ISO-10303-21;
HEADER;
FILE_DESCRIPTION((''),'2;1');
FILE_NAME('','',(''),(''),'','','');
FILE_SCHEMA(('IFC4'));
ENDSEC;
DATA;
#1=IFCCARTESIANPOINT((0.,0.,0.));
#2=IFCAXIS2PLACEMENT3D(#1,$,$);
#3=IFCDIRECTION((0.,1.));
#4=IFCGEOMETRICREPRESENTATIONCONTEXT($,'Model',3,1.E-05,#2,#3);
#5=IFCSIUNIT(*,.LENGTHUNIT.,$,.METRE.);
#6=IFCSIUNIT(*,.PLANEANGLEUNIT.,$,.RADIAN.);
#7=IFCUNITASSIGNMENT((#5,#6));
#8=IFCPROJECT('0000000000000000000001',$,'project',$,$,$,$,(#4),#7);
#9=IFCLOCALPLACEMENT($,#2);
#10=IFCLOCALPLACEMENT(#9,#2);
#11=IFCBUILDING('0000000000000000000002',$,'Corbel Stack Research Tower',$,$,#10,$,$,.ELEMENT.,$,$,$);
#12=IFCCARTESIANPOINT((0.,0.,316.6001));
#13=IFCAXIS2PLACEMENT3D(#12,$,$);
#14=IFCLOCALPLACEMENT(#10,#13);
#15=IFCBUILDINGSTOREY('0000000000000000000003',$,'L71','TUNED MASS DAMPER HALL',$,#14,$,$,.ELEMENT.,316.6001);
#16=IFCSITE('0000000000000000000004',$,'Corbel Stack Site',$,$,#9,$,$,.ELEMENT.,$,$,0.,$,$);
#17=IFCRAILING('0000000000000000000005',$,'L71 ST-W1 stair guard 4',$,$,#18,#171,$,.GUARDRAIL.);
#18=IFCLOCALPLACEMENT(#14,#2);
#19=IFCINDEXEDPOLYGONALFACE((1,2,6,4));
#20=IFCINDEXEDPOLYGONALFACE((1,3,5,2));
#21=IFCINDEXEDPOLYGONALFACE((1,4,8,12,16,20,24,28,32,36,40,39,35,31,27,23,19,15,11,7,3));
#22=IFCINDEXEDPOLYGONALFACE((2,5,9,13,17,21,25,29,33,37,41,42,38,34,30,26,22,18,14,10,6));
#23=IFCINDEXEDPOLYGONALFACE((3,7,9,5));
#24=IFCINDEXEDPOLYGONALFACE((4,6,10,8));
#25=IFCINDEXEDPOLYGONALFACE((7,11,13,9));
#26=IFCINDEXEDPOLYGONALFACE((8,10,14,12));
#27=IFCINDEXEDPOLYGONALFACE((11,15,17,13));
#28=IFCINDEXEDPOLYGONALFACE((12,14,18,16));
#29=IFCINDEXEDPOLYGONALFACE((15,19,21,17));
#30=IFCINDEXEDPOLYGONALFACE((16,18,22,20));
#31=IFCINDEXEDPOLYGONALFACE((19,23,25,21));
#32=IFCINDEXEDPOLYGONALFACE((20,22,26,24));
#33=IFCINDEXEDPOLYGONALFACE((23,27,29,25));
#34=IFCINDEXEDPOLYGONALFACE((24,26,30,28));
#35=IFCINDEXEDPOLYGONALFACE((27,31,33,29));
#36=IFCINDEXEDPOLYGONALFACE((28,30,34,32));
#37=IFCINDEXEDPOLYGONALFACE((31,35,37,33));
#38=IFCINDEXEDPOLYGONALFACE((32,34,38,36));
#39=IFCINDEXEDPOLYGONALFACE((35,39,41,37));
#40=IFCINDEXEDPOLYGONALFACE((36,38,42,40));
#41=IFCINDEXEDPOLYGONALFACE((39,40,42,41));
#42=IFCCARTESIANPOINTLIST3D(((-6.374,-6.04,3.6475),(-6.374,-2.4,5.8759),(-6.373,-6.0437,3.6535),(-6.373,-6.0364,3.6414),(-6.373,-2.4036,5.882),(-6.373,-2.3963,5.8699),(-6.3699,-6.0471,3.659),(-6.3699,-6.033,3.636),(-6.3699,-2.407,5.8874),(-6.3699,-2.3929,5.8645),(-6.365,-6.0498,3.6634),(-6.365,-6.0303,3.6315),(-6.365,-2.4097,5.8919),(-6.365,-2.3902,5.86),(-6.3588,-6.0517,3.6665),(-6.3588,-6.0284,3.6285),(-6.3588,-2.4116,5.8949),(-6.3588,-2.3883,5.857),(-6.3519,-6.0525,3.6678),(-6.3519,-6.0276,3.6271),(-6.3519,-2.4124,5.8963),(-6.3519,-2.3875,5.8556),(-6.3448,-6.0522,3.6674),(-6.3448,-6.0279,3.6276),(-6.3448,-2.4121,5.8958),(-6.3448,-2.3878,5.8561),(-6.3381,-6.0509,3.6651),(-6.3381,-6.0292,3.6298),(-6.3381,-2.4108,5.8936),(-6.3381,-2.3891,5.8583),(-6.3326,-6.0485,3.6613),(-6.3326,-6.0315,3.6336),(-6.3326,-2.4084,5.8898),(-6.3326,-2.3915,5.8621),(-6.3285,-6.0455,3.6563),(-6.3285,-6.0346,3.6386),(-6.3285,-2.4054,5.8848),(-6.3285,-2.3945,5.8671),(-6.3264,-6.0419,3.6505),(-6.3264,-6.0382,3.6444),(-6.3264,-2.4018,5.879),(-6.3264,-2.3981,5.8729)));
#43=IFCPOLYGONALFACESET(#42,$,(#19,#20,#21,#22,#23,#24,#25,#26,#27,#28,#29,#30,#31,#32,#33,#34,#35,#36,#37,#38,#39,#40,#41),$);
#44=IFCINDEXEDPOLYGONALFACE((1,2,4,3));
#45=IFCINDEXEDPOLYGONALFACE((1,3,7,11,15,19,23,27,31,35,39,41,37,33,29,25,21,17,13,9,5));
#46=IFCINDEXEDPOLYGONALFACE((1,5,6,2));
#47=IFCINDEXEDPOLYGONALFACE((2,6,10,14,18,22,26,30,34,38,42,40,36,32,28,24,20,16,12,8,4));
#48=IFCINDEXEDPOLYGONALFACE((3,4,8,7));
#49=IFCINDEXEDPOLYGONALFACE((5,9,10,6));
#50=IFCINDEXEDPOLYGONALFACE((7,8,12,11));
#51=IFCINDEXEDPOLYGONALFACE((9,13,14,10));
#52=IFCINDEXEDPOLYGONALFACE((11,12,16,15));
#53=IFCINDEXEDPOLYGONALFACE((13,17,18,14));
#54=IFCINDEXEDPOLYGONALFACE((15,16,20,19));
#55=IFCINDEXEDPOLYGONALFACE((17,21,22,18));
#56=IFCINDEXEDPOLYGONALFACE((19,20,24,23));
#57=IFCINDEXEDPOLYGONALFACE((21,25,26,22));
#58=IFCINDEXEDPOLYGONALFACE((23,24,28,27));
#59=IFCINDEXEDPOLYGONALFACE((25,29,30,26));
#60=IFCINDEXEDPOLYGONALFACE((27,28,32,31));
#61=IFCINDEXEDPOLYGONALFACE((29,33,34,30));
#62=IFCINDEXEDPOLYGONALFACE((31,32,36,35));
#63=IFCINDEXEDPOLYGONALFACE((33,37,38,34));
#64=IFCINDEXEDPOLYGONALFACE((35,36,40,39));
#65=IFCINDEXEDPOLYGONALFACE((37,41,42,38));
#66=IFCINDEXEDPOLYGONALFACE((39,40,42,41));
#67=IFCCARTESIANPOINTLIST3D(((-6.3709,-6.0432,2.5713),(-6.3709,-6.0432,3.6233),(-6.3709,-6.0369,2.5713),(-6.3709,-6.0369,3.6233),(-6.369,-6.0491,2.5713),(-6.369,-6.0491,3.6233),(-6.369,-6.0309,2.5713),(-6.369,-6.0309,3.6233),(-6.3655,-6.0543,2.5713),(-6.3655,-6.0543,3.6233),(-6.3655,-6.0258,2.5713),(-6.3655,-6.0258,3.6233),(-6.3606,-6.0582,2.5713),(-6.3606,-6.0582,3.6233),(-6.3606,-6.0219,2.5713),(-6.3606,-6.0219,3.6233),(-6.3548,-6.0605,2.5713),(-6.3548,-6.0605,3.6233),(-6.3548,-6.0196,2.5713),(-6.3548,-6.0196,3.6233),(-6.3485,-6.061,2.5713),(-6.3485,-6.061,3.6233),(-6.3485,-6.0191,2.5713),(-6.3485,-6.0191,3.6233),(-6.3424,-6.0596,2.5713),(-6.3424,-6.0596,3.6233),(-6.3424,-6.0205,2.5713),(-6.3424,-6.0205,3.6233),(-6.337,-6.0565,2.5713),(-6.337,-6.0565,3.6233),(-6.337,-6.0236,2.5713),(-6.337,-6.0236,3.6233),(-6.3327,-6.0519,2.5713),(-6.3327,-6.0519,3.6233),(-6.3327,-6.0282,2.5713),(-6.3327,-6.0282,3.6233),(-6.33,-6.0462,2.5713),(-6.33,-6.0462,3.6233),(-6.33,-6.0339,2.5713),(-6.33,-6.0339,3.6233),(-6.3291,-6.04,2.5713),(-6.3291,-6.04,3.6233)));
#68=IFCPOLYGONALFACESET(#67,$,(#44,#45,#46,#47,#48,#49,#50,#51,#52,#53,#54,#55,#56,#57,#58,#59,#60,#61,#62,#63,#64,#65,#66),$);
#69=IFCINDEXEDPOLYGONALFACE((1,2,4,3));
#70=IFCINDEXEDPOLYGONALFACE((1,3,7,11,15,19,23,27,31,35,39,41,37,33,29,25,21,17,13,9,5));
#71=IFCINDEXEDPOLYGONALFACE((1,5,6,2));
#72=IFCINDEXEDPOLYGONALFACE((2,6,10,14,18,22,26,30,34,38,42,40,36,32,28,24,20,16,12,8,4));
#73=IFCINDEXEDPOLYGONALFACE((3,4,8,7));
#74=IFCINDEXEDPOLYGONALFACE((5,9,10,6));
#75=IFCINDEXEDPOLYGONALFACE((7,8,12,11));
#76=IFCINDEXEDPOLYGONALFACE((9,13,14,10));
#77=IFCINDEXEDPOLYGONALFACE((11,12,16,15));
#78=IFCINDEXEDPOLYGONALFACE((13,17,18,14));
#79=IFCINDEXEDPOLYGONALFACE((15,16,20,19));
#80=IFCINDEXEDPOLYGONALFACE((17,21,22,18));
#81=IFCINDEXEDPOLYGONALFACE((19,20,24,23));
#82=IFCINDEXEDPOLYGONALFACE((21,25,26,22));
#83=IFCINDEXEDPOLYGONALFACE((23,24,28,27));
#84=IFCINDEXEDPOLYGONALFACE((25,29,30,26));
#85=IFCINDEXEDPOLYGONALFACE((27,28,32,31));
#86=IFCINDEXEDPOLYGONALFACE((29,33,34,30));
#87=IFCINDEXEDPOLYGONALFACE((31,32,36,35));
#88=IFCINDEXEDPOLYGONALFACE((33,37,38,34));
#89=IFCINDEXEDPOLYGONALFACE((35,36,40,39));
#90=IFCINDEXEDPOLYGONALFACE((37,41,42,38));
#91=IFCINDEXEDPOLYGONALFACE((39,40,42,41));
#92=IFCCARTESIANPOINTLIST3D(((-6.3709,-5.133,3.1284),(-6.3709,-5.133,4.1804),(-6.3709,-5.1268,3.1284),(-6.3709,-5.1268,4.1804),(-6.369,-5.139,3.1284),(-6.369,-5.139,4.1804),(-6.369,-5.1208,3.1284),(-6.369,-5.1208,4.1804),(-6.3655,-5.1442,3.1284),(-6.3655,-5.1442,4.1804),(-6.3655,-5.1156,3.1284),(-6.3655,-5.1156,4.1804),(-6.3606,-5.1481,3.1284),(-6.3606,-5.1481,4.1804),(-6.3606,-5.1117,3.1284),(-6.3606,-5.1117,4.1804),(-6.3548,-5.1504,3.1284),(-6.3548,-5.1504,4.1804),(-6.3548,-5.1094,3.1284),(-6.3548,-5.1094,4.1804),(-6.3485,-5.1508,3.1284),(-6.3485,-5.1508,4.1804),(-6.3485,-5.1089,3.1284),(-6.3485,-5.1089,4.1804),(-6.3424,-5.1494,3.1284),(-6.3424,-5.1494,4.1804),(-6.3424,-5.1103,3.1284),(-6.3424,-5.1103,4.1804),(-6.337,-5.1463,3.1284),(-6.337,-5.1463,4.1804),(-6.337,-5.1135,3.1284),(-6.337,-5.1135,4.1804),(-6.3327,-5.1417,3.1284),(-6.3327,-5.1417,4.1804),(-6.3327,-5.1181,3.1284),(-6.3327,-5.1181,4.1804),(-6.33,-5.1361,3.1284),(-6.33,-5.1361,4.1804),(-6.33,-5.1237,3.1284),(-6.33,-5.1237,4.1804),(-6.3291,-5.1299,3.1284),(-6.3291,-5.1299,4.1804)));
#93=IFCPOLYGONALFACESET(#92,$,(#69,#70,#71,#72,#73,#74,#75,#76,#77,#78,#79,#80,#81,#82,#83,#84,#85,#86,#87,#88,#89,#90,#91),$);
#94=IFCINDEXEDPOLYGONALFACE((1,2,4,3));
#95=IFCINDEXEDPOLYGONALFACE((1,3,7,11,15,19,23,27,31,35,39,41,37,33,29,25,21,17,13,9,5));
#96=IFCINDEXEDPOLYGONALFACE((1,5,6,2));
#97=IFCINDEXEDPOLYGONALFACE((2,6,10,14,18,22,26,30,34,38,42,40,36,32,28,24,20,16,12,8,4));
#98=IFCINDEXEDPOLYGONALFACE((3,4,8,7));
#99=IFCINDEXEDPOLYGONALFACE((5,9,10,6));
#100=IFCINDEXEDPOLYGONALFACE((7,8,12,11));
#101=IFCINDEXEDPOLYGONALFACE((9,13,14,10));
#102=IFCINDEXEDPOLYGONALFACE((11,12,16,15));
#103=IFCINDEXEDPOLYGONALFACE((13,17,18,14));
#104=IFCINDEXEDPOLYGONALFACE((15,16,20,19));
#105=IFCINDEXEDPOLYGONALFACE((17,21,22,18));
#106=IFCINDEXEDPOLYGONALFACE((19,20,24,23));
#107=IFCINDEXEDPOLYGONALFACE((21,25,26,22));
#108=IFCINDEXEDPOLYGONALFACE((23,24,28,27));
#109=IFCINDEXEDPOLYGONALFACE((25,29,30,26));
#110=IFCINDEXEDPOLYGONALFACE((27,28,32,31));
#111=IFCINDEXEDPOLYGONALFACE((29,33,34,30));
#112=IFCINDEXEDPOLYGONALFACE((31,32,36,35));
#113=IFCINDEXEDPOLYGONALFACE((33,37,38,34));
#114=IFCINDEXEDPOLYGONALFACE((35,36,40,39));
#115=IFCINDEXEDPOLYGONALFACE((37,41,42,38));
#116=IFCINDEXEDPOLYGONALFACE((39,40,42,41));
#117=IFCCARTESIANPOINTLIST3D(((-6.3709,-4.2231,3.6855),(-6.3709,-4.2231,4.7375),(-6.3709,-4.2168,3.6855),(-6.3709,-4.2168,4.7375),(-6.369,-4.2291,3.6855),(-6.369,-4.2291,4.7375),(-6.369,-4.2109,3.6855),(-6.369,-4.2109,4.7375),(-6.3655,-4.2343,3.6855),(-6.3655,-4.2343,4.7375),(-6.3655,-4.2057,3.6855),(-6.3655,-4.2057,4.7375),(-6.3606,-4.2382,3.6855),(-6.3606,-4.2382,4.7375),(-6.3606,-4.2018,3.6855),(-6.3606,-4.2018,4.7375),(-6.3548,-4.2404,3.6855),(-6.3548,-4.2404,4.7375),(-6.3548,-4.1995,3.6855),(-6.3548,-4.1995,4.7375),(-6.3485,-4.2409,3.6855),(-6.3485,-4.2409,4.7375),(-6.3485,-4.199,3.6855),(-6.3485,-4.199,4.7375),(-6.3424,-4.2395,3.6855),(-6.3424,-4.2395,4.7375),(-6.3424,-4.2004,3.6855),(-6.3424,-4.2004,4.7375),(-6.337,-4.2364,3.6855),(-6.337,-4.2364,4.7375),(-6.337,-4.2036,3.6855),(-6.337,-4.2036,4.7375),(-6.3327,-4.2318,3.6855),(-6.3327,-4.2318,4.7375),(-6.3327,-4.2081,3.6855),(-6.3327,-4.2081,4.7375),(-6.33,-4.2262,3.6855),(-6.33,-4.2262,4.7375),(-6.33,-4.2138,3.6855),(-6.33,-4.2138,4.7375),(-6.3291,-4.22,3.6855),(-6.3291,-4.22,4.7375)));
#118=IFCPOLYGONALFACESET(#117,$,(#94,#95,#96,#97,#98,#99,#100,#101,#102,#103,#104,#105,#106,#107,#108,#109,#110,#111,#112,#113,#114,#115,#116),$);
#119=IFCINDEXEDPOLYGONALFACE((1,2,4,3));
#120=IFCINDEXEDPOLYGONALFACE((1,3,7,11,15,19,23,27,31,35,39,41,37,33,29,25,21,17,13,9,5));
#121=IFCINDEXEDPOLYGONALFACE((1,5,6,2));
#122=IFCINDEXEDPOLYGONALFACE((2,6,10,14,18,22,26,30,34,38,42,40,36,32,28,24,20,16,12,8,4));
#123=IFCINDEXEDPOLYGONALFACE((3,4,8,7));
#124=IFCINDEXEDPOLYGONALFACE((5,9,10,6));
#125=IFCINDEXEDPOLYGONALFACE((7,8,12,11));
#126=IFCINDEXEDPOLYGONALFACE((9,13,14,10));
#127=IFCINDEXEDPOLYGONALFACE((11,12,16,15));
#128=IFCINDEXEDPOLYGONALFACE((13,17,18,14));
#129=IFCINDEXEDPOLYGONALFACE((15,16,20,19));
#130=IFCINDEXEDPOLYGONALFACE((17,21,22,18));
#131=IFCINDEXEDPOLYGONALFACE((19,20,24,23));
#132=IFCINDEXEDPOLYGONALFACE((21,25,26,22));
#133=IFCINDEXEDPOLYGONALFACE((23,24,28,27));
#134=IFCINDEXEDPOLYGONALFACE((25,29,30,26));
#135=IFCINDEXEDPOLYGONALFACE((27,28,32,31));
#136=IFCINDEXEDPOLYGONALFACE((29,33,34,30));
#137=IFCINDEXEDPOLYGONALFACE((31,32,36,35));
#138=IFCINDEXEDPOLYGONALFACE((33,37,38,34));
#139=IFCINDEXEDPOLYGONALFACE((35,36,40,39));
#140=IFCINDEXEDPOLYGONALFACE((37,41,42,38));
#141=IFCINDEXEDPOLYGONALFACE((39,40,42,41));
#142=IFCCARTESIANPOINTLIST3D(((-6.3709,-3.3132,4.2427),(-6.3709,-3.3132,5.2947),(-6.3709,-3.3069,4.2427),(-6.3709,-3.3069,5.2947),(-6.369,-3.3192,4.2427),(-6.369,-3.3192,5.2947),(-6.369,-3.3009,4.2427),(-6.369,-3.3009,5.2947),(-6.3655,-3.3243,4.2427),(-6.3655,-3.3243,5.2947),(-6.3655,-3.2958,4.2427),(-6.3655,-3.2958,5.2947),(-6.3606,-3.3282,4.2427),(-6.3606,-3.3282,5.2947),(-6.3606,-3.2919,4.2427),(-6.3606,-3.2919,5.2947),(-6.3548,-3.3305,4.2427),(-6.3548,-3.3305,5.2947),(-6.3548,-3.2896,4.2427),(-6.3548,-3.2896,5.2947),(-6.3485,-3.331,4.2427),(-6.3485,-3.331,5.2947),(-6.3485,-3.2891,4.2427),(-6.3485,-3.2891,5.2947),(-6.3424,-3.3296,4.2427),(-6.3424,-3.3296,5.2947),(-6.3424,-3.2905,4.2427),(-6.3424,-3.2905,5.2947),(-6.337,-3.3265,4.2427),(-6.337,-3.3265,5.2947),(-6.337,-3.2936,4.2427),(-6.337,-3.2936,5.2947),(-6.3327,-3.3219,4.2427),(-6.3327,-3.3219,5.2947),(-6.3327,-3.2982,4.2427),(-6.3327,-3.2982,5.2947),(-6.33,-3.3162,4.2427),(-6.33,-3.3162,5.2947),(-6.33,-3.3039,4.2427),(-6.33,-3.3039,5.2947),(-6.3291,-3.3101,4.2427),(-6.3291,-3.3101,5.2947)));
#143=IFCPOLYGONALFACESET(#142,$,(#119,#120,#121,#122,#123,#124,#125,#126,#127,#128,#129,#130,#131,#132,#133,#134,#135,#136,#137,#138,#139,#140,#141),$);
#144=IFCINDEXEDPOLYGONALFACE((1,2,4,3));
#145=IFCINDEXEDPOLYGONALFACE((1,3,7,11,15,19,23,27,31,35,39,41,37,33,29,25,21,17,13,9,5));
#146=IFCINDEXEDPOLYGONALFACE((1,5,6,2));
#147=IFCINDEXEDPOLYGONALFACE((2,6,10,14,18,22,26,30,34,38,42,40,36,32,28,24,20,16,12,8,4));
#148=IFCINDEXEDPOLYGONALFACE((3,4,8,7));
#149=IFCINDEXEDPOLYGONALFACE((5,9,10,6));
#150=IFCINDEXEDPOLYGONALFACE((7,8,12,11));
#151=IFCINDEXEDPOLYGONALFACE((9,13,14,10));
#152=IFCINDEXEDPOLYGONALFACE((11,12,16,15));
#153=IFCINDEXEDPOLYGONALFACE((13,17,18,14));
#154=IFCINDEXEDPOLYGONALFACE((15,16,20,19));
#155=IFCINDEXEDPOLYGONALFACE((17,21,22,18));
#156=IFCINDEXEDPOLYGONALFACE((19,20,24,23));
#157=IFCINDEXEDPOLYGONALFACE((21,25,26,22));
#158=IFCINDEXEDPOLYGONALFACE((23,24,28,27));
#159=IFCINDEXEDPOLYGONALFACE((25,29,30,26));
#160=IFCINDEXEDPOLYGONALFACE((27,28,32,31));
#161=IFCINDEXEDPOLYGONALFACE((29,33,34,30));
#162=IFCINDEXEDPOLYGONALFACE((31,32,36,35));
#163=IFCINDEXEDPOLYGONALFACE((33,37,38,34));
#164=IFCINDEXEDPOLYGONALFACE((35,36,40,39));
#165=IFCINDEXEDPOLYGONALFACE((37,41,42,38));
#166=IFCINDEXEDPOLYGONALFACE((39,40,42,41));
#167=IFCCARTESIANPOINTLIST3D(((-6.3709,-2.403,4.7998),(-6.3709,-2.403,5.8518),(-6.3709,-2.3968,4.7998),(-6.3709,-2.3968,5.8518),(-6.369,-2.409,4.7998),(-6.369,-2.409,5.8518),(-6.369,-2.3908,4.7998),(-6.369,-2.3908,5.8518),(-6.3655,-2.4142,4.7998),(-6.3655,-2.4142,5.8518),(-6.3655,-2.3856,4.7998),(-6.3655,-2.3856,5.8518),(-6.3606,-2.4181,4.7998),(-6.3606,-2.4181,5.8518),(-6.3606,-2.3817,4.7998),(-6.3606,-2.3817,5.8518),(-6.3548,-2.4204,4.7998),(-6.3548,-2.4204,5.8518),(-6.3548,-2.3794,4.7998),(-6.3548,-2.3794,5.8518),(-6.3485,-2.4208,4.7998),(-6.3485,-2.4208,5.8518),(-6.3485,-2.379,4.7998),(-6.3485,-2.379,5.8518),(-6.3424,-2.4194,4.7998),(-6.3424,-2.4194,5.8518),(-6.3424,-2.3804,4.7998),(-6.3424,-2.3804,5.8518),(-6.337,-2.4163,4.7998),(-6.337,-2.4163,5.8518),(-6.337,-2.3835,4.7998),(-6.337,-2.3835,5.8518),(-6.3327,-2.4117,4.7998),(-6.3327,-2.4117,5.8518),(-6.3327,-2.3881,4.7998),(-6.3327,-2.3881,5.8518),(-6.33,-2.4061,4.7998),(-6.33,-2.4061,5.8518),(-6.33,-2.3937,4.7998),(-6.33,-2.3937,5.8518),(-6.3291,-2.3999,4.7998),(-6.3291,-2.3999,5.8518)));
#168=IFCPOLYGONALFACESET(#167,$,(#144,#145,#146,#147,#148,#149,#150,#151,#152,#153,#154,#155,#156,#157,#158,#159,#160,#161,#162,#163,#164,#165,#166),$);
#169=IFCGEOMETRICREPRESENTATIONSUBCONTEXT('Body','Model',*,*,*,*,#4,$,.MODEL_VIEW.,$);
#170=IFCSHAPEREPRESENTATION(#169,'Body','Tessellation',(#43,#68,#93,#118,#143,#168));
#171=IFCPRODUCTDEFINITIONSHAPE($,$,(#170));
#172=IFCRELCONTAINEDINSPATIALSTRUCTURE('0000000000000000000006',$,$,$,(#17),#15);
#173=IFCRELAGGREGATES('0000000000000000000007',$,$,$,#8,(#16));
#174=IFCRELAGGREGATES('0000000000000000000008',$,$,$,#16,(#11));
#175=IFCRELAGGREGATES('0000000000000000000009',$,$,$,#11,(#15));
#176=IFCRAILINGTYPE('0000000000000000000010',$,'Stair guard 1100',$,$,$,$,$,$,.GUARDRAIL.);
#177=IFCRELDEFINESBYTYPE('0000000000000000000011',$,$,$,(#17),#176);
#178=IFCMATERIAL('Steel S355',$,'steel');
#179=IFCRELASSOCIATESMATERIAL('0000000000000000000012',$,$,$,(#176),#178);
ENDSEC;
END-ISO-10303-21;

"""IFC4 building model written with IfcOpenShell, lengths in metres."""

from ifc_helpers import new_model, si_unit, direction, frame, origin, origin_2d, place, context, subcontext, project, spatial, circle, extrude, material, type_object, element, save


model = new_model("IFC4")

# Units and contexts
model_context = context("Model", 3, precision=1e-05, world=origin(), true_north=direction((0.0, 1.0)))
body_context = subcontext(model_context, "Body", "Model", "MODEL_VIEW")
ifc_project = project(units=[si_unit("LENGTHUNIT", "METRE"), si_unit("PLANEANGLEUNIT", "RADIAN")], contexts=[model_context])

# Site, building, storey
site_placement = place(None, origin())
site = spatial("IfcSite", under=ifc_project, at=site_placement, Name="Corbel Stack Site", CompositionType="ELEMENT", RefElevation=0.0)
building_placement = place(site_placement, origin())
building = spatial("IfcBuilding", under=site, at=building_placement, Name="Corbel Stack Research Tower", CompositionType="ELEMENT")
storey_placement = place(building_placement, frame((0.0, 0.0, 316.6001)))
storey = spatial("IfcBuildingStorey", under=building, at=storey_placement, Name="L71", Description="TUNED MASS DAMPER HALL", CompositionType="ELEMENT", Elevation=316.6001)

# Railing
ifc_material_1 = material(Name="Steel S355", Category="steel")
railing_type_1 = type_object("IfcRailingType", Name="Stair guard 1100", PredefinedType="GUARDRAIL", material=ifc_material_1)
railing_1_placement = place(storey_placement, frame((-6.3501, -6.04, 2.5713)))
element("IfcRailing", 1, at=railing_1_placement, inside=storey, type_object=railing_type_1, Name="L71 ST-W1 stair guard 4", PredefinedType="GUARDRAIL", context=body_context, shape_type="SweptSolid", body=[
    extrude(circle(Radius=0.0239, at=origin_2d()), frame((0.0, 0.0, 1.0762), z_axis=(0.0, 0.852866, 0.52213), x_axis=(-1.0, 0.0, 0.0)), (0.0, 0.0, 1.0), 4.2681),
    extrude(circle(Radius=0.021, at=origin_2d()), origin(), (0.0, 0.0, 1.0), 1.052),
    extrude(circle(Radius=0.021, at=origin_2d()), frame((0.0, 0.9102, 0.5571)), (0.0, 0.0, 1.0), 1.052),
    extrude(circle(Radius=0.021, at=origin_2d()), frame((0.0, 1.8201, 1.1143)), (0.0, 0.0, 1.0), 1.052),
    extrude(circle(Radius=0.021, at=origin_2d()), frame((0.0, 2.73, 1.6714)), (0.0, 0.0, 1.0), 1.052),
    extrude(circle(Radius=0.021, at=origin_2d()), frame((0.0, 3.6401, 2.2285)), (0.0, 0.0, 1.0), 1.052),
])

save(model, "model.ifc")
